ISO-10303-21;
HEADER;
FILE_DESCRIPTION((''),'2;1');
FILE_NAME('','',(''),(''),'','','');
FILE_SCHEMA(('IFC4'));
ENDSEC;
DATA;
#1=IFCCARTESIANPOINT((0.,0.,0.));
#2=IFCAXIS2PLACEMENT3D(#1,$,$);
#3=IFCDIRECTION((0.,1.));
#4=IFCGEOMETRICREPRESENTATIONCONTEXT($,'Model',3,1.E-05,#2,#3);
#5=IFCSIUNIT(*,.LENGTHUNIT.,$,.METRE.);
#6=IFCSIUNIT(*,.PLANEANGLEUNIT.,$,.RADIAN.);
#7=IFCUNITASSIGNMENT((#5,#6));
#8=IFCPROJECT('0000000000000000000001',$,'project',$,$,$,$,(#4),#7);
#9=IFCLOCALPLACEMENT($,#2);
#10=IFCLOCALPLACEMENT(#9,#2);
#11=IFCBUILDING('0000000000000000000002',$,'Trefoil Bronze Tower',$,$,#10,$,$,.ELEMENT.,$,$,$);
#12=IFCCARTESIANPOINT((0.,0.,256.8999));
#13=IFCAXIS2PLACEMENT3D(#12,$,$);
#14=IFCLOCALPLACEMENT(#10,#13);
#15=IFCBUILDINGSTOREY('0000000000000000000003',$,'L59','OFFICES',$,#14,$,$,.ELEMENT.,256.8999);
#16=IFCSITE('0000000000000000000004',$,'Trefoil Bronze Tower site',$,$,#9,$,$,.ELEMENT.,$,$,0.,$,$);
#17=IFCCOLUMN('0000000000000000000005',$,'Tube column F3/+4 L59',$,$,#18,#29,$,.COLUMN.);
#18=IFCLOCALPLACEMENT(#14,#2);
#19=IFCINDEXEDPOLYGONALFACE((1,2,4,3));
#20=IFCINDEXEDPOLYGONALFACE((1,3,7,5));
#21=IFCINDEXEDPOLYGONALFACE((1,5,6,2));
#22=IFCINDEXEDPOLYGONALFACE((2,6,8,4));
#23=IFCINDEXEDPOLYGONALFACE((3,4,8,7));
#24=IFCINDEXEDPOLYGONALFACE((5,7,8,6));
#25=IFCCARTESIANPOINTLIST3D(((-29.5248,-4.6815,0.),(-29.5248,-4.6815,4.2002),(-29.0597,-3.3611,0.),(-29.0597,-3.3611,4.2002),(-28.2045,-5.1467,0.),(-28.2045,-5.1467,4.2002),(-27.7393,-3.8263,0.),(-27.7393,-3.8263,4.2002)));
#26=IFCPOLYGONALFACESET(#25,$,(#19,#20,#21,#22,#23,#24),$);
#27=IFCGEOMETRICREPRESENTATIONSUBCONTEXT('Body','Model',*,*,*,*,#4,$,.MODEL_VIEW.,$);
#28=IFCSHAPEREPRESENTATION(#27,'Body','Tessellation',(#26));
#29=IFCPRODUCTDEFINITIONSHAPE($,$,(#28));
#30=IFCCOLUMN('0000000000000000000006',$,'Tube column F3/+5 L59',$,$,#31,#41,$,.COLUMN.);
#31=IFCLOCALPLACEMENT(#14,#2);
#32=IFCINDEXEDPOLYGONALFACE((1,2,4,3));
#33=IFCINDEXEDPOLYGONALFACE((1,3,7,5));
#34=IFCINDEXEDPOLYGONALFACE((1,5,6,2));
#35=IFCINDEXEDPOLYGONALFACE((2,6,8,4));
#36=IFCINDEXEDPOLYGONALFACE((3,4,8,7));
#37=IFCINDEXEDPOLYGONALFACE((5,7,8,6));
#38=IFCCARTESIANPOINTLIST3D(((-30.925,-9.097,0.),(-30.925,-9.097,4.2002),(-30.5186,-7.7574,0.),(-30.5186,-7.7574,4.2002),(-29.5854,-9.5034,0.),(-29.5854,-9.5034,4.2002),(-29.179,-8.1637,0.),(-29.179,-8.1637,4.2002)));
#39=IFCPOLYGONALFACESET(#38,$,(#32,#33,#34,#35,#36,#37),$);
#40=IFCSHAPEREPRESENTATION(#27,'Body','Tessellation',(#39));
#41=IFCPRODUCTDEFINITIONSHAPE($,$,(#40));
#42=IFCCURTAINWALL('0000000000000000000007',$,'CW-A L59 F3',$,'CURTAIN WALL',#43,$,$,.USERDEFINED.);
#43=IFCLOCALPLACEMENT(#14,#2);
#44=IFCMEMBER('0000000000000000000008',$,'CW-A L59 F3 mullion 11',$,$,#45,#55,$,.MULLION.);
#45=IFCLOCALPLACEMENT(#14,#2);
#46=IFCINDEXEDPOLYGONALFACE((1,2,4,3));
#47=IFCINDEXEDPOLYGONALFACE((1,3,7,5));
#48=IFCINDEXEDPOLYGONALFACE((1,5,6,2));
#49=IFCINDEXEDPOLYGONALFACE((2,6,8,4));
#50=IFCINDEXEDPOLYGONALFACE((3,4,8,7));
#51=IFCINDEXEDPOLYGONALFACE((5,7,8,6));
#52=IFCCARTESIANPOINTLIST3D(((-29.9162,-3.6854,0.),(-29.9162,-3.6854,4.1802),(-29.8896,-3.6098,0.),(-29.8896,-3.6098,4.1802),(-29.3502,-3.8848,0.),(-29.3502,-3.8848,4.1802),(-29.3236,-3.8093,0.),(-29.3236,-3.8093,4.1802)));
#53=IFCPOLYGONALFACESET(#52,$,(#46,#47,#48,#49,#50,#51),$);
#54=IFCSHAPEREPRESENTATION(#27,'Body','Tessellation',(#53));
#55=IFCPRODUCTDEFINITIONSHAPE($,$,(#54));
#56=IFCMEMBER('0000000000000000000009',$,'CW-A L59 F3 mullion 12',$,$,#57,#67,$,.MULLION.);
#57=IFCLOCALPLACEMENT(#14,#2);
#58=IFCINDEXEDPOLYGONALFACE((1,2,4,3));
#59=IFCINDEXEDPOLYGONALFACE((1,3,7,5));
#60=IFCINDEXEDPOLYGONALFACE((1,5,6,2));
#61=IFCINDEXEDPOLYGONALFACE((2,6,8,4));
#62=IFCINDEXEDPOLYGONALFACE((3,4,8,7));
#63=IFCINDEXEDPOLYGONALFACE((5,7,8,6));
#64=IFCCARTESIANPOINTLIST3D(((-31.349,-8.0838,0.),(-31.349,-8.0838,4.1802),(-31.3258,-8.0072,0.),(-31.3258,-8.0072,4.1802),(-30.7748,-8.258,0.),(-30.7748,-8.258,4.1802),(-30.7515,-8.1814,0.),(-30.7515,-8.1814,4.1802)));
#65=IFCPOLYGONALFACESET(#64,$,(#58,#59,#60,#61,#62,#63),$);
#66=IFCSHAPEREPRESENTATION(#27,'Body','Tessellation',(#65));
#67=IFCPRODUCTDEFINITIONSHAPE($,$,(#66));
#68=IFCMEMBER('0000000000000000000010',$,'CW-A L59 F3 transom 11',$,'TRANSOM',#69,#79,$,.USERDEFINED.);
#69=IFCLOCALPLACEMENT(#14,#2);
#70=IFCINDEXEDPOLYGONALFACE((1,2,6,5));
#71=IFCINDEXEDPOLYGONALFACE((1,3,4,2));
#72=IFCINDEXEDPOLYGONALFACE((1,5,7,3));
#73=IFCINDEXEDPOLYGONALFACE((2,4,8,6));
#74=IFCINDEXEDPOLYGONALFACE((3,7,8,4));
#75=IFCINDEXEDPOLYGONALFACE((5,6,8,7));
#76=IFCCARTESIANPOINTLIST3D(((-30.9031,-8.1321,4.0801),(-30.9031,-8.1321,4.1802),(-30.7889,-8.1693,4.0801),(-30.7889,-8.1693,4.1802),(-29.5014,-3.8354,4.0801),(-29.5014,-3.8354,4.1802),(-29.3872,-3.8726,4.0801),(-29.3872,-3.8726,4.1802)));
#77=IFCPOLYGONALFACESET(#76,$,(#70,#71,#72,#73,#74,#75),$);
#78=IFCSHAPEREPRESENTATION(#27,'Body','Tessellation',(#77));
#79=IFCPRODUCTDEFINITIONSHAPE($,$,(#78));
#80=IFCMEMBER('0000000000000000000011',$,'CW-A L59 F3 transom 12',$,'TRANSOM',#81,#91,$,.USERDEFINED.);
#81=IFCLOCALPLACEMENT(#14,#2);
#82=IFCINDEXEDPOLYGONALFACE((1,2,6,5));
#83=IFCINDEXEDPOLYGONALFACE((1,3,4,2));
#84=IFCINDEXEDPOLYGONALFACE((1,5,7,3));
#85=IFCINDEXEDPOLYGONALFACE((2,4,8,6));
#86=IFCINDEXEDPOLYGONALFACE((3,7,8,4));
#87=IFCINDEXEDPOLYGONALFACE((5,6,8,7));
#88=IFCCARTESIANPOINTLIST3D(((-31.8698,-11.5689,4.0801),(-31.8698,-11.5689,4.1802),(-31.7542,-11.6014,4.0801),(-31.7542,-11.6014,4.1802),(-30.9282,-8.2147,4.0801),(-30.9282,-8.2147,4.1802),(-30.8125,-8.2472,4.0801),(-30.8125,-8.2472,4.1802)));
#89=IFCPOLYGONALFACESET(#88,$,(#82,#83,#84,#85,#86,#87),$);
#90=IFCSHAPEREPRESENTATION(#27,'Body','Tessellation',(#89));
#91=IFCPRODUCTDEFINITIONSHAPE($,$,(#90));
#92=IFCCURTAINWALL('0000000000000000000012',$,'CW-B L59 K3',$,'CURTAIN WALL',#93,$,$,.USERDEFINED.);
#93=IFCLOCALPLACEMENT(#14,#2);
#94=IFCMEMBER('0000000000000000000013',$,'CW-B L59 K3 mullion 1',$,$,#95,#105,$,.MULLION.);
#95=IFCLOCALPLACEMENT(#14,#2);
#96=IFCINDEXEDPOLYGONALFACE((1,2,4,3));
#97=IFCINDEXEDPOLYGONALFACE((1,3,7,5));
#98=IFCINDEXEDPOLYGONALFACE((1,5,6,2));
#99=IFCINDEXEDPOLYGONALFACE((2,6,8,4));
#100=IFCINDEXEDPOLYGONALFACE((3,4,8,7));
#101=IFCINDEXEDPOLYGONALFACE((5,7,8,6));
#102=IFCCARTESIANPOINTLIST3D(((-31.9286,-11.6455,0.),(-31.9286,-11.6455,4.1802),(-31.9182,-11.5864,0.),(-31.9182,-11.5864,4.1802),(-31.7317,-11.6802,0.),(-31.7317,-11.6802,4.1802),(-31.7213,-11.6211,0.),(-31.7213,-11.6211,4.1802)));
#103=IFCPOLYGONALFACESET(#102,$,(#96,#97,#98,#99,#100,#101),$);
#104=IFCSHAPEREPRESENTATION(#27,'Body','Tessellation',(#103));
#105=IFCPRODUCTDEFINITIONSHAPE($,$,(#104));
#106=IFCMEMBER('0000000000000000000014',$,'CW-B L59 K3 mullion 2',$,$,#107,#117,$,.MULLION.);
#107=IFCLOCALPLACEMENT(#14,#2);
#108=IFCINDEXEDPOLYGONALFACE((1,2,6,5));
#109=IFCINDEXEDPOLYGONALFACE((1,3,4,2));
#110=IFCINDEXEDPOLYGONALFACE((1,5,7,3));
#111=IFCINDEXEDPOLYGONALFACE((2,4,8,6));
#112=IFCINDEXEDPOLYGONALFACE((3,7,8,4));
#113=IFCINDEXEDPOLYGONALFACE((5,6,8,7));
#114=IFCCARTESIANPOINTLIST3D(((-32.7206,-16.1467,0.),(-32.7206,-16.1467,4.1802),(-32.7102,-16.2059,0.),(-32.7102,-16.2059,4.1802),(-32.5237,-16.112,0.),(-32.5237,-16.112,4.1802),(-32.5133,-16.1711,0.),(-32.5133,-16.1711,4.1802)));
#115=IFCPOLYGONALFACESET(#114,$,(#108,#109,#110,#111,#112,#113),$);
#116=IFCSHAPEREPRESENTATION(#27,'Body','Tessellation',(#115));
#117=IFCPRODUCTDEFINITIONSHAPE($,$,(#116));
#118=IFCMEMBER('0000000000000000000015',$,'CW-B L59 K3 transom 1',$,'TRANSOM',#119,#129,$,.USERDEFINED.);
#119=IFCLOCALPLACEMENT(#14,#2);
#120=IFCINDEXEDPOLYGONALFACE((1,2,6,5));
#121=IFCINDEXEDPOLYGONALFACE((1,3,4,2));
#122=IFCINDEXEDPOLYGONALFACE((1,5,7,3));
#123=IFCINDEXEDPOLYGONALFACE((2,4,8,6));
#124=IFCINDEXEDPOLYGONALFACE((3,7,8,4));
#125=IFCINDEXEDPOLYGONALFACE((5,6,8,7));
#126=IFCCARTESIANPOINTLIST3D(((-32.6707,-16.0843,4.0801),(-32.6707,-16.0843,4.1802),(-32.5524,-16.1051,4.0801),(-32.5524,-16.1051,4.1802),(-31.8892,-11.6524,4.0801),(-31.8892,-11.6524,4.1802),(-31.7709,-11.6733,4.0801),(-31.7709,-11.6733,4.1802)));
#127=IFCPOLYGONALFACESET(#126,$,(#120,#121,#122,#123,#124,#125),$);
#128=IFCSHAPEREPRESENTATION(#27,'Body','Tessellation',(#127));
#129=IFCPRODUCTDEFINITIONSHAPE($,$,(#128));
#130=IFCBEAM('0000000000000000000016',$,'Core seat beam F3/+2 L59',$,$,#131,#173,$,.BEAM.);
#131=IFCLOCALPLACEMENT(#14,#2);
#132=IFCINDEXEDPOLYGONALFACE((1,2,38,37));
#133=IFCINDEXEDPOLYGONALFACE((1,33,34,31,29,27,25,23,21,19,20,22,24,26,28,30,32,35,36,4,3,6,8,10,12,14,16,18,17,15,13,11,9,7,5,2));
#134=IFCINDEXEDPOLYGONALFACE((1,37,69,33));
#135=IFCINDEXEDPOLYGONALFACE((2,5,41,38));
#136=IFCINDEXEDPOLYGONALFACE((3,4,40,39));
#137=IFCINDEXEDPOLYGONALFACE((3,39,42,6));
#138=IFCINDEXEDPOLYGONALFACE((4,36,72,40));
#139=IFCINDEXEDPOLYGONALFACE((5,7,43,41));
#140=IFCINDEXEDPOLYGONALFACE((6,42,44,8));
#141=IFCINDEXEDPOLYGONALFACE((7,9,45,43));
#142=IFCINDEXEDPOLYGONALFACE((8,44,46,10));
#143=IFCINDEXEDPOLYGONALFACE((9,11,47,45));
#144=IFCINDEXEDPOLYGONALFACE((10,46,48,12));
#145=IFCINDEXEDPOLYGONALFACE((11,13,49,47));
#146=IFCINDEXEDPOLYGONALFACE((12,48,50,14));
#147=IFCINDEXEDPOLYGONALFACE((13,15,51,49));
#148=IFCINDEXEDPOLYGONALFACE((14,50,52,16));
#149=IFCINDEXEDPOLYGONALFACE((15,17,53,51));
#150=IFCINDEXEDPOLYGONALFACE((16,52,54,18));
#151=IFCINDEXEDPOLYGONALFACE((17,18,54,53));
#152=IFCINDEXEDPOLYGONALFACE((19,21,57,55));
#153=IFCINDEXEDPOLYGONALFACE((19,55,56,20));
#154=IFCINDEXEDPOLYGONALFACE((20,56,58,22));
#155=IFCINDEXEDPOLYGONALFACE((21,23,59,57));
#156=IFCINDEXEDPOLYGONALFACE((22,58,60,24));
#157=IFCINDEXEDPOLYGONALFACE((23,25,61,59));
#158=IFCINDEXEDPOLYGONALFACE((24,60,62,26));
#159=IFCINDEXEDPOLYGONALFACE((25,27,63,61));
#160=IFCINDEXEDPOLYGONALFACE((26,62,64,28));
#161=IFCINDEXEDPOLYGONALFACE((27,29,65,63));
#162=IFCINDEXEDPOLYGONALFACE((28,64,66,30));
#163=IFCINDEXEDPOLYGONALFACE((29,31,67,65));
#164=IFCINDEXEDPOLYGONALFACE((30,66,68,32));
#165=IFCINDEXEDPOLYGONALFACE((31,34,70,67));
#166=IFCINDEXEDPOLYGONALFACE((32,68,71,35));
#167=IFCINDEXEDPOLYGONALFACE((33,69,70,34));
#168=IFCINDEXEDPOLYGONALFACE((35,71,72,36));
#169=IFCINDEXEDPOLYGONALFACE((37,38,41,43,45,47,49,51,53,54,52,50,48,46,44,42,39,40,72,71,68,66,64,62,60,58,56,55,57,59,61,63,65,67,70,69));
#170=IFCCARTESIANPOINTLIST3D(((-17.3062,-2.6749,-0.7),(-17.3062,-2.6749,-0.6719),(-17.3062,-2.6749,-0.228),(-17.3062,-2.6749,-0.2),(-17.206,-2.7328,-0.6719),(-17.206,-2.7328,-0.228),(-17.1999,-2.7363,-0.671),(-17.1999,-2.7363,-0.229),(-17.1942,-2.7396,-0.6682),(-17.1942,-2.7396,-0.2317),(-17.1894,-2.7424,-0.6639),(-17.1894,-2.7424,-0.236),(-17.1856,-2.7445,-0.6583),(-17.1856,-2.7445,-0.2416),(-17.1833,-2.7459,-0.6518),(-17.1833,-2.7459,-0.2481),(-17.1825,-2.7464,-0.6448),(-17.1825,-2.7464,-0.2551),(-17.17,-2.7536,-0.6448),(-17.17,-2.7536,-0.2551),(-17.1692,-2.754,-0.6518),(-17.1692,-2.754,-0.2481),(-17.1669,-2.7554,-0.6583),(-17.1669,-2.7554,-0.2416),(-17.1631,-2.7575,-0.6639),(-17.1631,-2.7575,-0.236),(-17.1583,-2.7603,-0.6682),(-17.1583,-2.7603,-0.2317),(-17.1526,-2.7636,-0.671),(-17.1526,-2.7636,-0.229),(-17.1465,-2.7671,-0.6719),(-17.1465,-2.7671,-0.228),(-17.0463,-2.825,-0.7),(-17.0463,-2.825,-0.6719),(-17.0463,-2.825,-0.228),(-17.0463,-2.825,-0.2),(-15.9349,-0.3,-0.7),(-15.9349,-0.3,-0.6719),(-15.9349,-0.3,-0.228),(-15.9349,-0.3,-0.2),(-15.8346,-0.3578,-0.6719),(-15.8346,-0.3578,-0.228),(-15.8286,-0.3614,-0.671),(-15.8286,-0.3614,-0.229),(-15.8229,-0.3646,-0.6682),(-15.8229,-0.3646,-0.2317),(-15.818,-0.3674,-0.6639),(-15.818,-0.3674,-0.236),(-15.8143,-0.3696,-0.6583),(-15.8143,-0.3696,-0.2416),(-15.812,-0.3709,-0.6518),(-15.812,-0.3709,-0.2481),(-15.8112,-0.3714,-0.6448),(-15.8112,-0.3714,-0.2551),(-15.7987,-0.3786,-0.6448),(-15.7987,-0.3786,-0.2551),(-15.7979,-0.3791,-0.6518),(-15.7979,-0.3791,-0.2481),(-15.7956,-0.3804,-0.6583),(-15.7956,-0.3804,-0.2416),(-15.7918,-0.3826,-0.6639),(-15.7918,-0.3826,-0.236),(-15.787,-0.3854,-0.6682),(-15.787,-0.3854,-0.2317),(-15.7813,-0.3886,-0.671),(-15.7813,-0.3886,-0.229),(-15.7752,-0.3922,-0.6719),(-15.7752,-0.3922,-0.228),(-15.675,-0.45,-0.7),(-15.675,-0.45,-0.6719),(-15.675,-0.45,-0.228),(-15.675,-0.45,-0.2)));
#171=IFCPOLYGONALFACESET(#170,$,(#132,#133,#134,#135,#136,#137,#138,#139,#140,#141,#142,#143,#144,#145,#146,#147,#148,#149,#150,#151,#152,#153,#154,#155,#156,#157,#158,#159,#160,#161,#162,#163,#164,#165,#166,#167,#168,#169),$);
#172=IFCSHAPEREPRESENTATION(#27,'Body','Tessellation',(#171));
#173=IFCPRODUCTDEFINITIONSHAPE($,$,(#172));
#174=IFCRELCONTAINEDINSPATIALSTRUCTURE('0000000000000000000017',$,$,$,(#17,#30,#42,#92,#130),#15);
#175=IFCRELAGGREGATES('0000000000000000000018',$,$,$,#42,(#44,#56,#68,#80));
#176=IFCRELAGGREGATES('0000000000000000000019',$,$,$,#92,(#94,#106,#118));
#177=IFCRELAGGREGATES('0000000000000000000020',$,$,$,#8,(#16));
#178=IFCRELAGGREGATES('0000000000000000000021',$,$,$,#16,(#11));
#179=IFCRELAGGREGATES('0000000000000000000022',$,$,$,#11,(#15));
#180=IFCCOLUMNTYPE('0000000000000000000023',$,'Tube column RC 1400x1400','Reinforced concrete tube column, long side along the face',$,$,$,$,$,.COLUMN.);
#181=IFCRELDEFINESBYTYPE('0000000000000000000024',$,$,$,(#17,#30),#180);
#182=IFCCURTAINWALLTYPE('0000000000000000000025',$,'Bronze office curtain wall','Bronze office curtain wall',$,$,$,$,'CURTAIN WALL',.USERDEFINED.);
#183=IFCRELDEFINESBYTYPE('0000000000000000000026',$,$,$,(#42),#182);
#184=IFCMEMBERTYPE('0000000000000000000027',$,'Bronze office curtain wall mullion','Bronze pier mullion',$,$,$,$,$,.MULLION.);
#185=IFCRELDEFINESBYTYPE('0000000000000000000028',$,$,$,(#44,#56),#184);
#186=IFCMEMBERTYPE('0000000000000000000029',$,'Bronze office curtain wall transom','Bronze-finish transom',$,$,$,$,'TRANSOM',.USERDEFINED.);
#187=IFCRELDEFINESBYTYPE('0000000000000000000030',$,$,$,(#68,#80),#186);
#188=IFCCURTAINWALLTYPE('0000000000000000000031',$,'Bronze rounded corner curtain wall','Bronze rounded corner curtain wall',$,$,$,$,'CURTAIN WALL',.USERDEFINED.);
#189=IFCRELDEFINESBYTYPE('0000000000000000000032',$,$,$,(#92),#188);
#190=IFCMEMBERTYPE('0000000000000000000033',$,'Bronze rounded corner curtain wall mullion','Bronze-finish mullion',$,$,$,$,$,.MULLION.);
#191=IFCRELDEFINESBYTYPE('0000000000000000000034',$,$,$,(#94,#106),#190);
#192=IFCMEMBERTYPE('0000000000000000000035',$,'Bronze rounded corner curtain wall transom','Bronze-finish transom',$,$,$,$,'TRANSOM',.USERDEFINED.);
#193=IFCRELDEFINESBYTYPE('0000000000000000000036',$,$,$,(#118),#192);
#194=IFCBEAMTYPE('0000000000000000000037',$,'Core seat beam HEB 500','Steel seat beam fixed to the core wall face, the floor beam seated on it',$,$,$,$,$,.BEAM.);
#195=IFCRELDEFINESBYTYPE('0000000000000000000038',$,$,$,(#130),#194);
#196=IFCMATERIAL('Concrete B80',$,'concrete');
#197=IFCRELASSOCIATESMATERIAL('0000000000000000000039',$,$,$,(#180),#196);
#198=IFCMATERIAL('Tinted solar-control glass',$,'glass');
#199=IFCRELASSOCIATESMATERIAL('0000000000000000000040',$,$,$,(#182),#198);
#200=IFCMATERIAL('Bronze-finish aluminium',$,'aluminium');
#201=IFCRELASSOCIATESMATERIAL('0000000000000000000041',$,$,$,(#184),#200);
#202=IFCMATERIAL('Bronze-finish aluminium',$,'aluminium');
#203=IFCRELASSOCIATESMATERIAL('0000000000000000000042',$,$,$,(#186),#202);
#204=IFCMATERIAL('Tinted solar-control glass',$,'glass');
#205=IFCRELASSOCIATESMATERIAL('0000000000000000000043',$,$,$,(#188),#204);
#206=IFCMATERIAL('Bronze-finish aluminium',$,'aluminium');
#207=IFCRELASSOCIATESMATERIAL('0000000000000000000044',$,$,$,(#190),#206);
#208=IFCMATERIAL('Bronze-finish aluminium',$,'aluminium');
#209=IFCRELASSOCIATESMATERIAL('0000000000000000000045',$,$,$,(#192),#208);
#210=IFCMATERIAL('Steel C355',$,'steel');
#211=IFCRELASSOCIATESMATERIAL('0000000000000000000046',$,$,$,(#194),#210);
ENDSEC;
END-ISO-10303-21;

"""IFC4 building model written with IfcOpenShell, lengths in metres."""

from ifc_helpers import new_model, si_unit, direction, frame, origin, origin_2d, place, context, subcontext, project, spatial, rectangle, i_section, extrude, material, material_profile, profile_set, type_object, element, aggregate, save


model = new_model("IFC4")

# Units and contexts
model_context = context("Model", 3, precision=1e-05, world=origin(), true_north=direction((0.0, 1.0)))
body_context = subcontext(model_context, "Body", "Model", "MODEL_VIEW")
ifc_project = project(units=[si_unit("LENGTHUNIT", "METRE"), si_unit("PLANEANGLEUNIT", "RADIAN")], contexts=[model_context])

# Site, building, storey
site_placement = place(None, origin())
site = spatial("IfcSite", under=ifc_project, at=site_placement, Name="Trefoil Bronze Tower site", CompositionType="ELEMENT", RefElevation=0.0)
building_placement = place(site_placement, origin())
building = spatial("IfcBuilding", under=site, at=building_placement, Name="Trefoil Bronze Tower", CompositionType="ELEMENT")
storey_placement = place(building_placement, frame((0.0, 0.0, 256.8999)))
storey = spatial("IfcBuildingStorey", under=building, at=storey_placement, Name="L59", Description="OFFICES", CompositionType="ELEMENT", Elevation=256.8999)

# Columns
ifc_material_1 = material(Name="Concrete B80", Category="concrete")
ifc_material_profile_1 = material_profile(ifc_material_1, rectangle(XDim=1.3999, YDim=1.3999, at=origin_2d()), Name="RC 1400x1400")
ifc_profile_set_1 = profile_set([ifc_material_profile_1], Name="Concrete B80")
column_type = type_object("IfcColumnType", Name="Tube column RC 1400x1400", Description="Reinforced concrete tube column, long side along the face", PredefinedType="COLUMN", material=ifc_profile_set_1)
for number, where, z_axis, x_axis, name in (
    (1, (-28.6321, -4.2539, 0.0), (0.0, 0.0, 1.0), (-0.332282, -0.94318, 0.0), "Tube column F3/+4 L59"),
    (2, (-30.052, -8.6304, 0.0), (0.0, 0.0, 1.0), (-0.290278, -0.956942, 0.0), "Tube column F3/+5 L59"),
):
    element("IfcColumn", number, at=place(storey_placement, frame(where, z_axis=z_axis, x_axis=x_axis)), inside=storey, type_object=column_type, Name=name, PredefinedType="COLUMN", context=body_context, shape_type="SweptSolid", body=[
        extrude(rectangle(XDim=1.3999, YDim=1.3999, at=origin_2d()), origin(), (0.0, 0.0, 1.0), 4.2002),
    ])

# Curtain walls, members
ifc_material_2 = material(Name="Tinted solar-control glass", Category="glass")
curtain_wall_type_1 = type_object("IfcCurtainWallType", Name="Bronze office curtain wall", Description="Bronze office curtain wall", ElementType="CURTAIN WALL", PredefinedType="USERDEFINED", material=ifc_material_2)
curtain_wall_1_placement = place(storey_placement, origin())
curtain_wall_1 = element("IfcCurtainWall", 3, at=curtain_wall_1_placement, inside=storey, type_object=curtain_wall_type_1, Name="CW-A L59 F3", ObjectType="CURTAIN WALL", PredefinedType="USERDEFINED")
ifc_material_3 = material(Name="Bronze-finish aluminium", Category="aluminium")
ifc_material_profile_2 = material_profile(ifc_material_3, rectangle(XDim=0.6001, YDim=0.0801, at=origin_2d()), Name="CW-A mullion")
ifc_profile_set_2 = profile_set([ifc_material_profile_2], Name="Bronze-finish aluminium")
member_type_1 = type_object("IfcMemberType", Name="Bronze office curtain wall mullion", Description="Bronze pier mullion", PredefinedType="MULLION", material=ifc_profile_set_2)
member_1_placement = place(storey_placement, frame((-29.6199, -3.7473, 0.0), z_axis=(0.0, 0.0, 1.0), x_axis=(0.94318, -0.332282, 0.0)))
member_1 = element("IfcMember", 4, at=member_1_placement, type_object=member_type_1, Name="CW-A L59 F3 mullion 11", PredefinedType="MULLION", context=body_context, shape_type="SweptSolid", body=[
    extrude(rectangle(XDim=0.6001, YDim=0.0801, at=origin_2d()), origin(), (0.0, 0.0, 1.0), 4.1802),
])
member_2_placement = place(storey_placement, frame((-31.0503, -8.1326, 0.0), z_axis=(0.0, 0.0, 1.0), x_axis=(0.956942, -0.290278, 0.0)))
member_2 = element("IfcMember", 5, at=member_2_placement, type_object=member_type_1, Name="CW-A L59 F3 mullion 12", PredefinedType="MULLION", context=body_context, shape_type="SweptSolid", body=[
    extrude(rectangle(XDim=0.6001, YDim=0.0801, at=origin_2d()), origin(), (0.0, 0.0, 1.0), 4.1802),
])
ifc_material_4 = material(Name="Bronze-finish aluminium", Category="aluminium")
ifc_material_profile_3 = material_profile(ifc_material_4, rectangle(XDim=0.1201, YDim=0.1001, at=origin_2d()), Name="CW-A transom")
ifc_profile_set_3 = profile_set([ifc_material_profile_3], Name="Bronze-finish aluminium")
member_type_2 = type_object("IfcMemberType", Name="Bronze office curtain wall transom", Description="Bronze-finish transom", ElementType="TRANSOM", PredefinedType="USERDEFINED", material=ifc_profile_set_3)
member_3_placement = place(storey_placement, frame((-29.4443, -3.854, 4.1301), z_axis=(-0.310128, -0.950695, 0.0), x_axis=(0.950695, -0.310128, 0.0)))
member_3 = element("IfcMember", 6, at=member_3_placement, type_object=member_type_2, Name="CW-A L59 F3 transom 11", ObjectType="TRANSOM", PredefinedType="USERDEFINED", context=body_context, shape_type="SweptSolid", body=[
    extrude(rectangle(XDim=0.1201, YDim=0.1001, at=origin_2d()), origin(), (0.0, 0.0, 1.0), 4.5195),
])
member_4_placement = place(storey_placement, frame((-30.8704, -8.231, 4.1301), z_axis=(-0.270285, -0.96278, 0.0), x_axis=(0.96278, -0.270285, 0.0)))
member_4 = element("IfcMember", 7, at=member_4_placement, type_object=member_type_2, Name="CW-A L59 F3 transom 12", ObjectType="TRANSOM", PredefinedType="USERDEFINED", context=body_context, shape_type="SweptSolid", body=[
    extrude(rectangle(XDim=0.1201, YDim=0.1001, at=origin_2d()), origin(), (0.0, 0.0, 1.0), 3.4839),
])
ifc_material_5 = material(Name="Tinted solar-control glass", Category="glass")
curtain_wall_type_2 = type_object("IfcCurtainWallType", Name="Bronze rounded corner curtain wall", Description="Bronze rounded corner curtain wall", ElementType="CURTAIN WALL", PredefinedType="USERDEFINED", material=ifc_material_5)
curtain_wall_2_placement = place(storey_placement, origin())
curtain_wall_2 = element("IfcCurtainWall", 8, at=curtain_wall_2_placement, inside=storey, type_object=curtain_wall_type_2, Name="CW-B L59 K3", ObjectType="CURTAIN WALL", PredefinedType="USERDEFINED")
ifc_material_6 = material(Name="Bronze-finish aluminium", Category="aluminium")
ifc_material_profile_4 = material_profile(ifc_material_6, rectangle(XDim=0.2, YDim=0.0601, at=origin_2d()), Name="CW-B mullion")
ifc_profile_set_4 = profile_set([ifc_material_profile_4], Name="Bronze-finish aluminium")
member_type_3 = type_object("IfcMemberType", Name="Bronze rounded corner curtain wall mullion", Description="Bronze-finish mullion", PredefinedType="MULLION", material=ifc_profile_set_4)
member_5_placement = place(storey_placement, frame((-31.825, -11.6333, 0.0), z_axis=(0.0, 0.0, 1.0), x_axis=(0.984808, -0.173648, 0.0)))
member_5 = element("IfcMember", 9, at=member_5_placement, type_object=member_type_3, Name="CW-B L59 K3 mullion 1", PredefinedType="MULLION", context=body_context, shape_type="SweptSolid", body=[
    extrude(rectangle(XDim=0.2, YDim=0.0601, at=origin_2d()), origin(), (0.0, 0.0, 1.0), 4.1802),
])
member_6_placement = place(storey_placement, frame((-32.6169, -16.1589, 0.0), z_axis=(0.0, 0.0, 1.0), x_axis=(0.984808, 0.173648, 0.0)))
member_6 = element("IfcMember", 10, at=member_6_placement, type_object=member_type_3, Name="CW-B L59 K3 mullion 2", PredefinedType="MULLION", context=body_context, shape_type="SweptSolid", body=[
    extrude(rectangle(XDim=0.2, YDim=0.0601, at=origin_2d()), origin(), (0.0, 0.0, 1.0), 4.1802),
])
ifc_material_7 = material(Name="Bronze-finish aluminium", Category="aluminium")
ifc_material_profile_5 = material_profile(ifc_material_7, rectangle(XDim=0.1201, YDim=0.1001, at=origin_2d()), Name="CW-B transom")
ifc_profile_set_5 = profile_set([ifc_material_profile_5], Name="Bronze-finish aluminium")
member_type_4 = type_object("IfcMemberType", Name="Bronze rounded corner curtain wall transom", Description="Bronze-finish transom", ElementType="TRANSOM", PredefinedType="USERDEFINED", material=ifc_profile_set_5)
member_7_placement = place(storey_placement, frame((-31.8301, -11.6628, 4.1301), z_axis=(-0.173655, -0.984806, 0.0), x_axis=(0.984806, -0.173655, 0.0)))
member_7 = element("IfcMember", 11, at=member_7_placement, type_object=member_type_4, Name="CW-B L59 K3 transom 1", ObjectType="TRANSOM", PredefinedType="USERDEFINED", context=body_context, shape_type="SweptSolid", body=[
    extrude(rectangle(XDim=0.1201, YDim=0.1001, at=origin_2d()), origin(), (0.0, 0.0, 1.0), 4.5002),
])

# Beam
ifc_material_8 = material(Name="Steel C355", Category="steel")
ifc_material_profile_6 = material_profile(ifc_material_8, i_section(OverallWidth=0.3, OverallDepth=0.5, WebThickness=0.0144, FlangeThickness=0.0281, FilletRadius=0.0271, at=origin_2d()), Name="HEB 500")
ifc_profile_set_6 = profile_set([ifc_material_profile_6], Name="Steel C355")
beam_type_1 = type_object("IfcBeamType", Name="Core seat beam HEB 500", Description="Steel seat beam fixed to the core wall face, the floor beam seated on it", PredefinedType="BEAM", material=ifc_profile_set_6)
beam_1_placement = place(storey_placement, frame((-15.8049, -0.375, -0.45), z_axis=(-0.500036, -0.866005, 0.0), x_axis=(0.866005, -0.500036, 0.0)))
element("IfcBeam", 12, at=beam_1_placement, inside=storey, type_object=beam_type_1, Name="Core seat beam F3/+2 L59", PredefinedType="BEAM", context=body_context, shape_type="SweptSolid", body=[
    extrude(i_section(OverallWidth=0.3, OverallDepth=0.5, WebThickness=0.0144, FlangeThickness=0.0281, FilletRadius=0.0271, at=origin_2d()), origin(), (0.0, 0.0, 1.0), 2.7424),
])

aggregate(curtain_wall_1, [member_1, member_2, member_3, member_4])
aggregate(curtain_wall_2, [member_5, member_6, member_7])

save(model, "model.ifc")
